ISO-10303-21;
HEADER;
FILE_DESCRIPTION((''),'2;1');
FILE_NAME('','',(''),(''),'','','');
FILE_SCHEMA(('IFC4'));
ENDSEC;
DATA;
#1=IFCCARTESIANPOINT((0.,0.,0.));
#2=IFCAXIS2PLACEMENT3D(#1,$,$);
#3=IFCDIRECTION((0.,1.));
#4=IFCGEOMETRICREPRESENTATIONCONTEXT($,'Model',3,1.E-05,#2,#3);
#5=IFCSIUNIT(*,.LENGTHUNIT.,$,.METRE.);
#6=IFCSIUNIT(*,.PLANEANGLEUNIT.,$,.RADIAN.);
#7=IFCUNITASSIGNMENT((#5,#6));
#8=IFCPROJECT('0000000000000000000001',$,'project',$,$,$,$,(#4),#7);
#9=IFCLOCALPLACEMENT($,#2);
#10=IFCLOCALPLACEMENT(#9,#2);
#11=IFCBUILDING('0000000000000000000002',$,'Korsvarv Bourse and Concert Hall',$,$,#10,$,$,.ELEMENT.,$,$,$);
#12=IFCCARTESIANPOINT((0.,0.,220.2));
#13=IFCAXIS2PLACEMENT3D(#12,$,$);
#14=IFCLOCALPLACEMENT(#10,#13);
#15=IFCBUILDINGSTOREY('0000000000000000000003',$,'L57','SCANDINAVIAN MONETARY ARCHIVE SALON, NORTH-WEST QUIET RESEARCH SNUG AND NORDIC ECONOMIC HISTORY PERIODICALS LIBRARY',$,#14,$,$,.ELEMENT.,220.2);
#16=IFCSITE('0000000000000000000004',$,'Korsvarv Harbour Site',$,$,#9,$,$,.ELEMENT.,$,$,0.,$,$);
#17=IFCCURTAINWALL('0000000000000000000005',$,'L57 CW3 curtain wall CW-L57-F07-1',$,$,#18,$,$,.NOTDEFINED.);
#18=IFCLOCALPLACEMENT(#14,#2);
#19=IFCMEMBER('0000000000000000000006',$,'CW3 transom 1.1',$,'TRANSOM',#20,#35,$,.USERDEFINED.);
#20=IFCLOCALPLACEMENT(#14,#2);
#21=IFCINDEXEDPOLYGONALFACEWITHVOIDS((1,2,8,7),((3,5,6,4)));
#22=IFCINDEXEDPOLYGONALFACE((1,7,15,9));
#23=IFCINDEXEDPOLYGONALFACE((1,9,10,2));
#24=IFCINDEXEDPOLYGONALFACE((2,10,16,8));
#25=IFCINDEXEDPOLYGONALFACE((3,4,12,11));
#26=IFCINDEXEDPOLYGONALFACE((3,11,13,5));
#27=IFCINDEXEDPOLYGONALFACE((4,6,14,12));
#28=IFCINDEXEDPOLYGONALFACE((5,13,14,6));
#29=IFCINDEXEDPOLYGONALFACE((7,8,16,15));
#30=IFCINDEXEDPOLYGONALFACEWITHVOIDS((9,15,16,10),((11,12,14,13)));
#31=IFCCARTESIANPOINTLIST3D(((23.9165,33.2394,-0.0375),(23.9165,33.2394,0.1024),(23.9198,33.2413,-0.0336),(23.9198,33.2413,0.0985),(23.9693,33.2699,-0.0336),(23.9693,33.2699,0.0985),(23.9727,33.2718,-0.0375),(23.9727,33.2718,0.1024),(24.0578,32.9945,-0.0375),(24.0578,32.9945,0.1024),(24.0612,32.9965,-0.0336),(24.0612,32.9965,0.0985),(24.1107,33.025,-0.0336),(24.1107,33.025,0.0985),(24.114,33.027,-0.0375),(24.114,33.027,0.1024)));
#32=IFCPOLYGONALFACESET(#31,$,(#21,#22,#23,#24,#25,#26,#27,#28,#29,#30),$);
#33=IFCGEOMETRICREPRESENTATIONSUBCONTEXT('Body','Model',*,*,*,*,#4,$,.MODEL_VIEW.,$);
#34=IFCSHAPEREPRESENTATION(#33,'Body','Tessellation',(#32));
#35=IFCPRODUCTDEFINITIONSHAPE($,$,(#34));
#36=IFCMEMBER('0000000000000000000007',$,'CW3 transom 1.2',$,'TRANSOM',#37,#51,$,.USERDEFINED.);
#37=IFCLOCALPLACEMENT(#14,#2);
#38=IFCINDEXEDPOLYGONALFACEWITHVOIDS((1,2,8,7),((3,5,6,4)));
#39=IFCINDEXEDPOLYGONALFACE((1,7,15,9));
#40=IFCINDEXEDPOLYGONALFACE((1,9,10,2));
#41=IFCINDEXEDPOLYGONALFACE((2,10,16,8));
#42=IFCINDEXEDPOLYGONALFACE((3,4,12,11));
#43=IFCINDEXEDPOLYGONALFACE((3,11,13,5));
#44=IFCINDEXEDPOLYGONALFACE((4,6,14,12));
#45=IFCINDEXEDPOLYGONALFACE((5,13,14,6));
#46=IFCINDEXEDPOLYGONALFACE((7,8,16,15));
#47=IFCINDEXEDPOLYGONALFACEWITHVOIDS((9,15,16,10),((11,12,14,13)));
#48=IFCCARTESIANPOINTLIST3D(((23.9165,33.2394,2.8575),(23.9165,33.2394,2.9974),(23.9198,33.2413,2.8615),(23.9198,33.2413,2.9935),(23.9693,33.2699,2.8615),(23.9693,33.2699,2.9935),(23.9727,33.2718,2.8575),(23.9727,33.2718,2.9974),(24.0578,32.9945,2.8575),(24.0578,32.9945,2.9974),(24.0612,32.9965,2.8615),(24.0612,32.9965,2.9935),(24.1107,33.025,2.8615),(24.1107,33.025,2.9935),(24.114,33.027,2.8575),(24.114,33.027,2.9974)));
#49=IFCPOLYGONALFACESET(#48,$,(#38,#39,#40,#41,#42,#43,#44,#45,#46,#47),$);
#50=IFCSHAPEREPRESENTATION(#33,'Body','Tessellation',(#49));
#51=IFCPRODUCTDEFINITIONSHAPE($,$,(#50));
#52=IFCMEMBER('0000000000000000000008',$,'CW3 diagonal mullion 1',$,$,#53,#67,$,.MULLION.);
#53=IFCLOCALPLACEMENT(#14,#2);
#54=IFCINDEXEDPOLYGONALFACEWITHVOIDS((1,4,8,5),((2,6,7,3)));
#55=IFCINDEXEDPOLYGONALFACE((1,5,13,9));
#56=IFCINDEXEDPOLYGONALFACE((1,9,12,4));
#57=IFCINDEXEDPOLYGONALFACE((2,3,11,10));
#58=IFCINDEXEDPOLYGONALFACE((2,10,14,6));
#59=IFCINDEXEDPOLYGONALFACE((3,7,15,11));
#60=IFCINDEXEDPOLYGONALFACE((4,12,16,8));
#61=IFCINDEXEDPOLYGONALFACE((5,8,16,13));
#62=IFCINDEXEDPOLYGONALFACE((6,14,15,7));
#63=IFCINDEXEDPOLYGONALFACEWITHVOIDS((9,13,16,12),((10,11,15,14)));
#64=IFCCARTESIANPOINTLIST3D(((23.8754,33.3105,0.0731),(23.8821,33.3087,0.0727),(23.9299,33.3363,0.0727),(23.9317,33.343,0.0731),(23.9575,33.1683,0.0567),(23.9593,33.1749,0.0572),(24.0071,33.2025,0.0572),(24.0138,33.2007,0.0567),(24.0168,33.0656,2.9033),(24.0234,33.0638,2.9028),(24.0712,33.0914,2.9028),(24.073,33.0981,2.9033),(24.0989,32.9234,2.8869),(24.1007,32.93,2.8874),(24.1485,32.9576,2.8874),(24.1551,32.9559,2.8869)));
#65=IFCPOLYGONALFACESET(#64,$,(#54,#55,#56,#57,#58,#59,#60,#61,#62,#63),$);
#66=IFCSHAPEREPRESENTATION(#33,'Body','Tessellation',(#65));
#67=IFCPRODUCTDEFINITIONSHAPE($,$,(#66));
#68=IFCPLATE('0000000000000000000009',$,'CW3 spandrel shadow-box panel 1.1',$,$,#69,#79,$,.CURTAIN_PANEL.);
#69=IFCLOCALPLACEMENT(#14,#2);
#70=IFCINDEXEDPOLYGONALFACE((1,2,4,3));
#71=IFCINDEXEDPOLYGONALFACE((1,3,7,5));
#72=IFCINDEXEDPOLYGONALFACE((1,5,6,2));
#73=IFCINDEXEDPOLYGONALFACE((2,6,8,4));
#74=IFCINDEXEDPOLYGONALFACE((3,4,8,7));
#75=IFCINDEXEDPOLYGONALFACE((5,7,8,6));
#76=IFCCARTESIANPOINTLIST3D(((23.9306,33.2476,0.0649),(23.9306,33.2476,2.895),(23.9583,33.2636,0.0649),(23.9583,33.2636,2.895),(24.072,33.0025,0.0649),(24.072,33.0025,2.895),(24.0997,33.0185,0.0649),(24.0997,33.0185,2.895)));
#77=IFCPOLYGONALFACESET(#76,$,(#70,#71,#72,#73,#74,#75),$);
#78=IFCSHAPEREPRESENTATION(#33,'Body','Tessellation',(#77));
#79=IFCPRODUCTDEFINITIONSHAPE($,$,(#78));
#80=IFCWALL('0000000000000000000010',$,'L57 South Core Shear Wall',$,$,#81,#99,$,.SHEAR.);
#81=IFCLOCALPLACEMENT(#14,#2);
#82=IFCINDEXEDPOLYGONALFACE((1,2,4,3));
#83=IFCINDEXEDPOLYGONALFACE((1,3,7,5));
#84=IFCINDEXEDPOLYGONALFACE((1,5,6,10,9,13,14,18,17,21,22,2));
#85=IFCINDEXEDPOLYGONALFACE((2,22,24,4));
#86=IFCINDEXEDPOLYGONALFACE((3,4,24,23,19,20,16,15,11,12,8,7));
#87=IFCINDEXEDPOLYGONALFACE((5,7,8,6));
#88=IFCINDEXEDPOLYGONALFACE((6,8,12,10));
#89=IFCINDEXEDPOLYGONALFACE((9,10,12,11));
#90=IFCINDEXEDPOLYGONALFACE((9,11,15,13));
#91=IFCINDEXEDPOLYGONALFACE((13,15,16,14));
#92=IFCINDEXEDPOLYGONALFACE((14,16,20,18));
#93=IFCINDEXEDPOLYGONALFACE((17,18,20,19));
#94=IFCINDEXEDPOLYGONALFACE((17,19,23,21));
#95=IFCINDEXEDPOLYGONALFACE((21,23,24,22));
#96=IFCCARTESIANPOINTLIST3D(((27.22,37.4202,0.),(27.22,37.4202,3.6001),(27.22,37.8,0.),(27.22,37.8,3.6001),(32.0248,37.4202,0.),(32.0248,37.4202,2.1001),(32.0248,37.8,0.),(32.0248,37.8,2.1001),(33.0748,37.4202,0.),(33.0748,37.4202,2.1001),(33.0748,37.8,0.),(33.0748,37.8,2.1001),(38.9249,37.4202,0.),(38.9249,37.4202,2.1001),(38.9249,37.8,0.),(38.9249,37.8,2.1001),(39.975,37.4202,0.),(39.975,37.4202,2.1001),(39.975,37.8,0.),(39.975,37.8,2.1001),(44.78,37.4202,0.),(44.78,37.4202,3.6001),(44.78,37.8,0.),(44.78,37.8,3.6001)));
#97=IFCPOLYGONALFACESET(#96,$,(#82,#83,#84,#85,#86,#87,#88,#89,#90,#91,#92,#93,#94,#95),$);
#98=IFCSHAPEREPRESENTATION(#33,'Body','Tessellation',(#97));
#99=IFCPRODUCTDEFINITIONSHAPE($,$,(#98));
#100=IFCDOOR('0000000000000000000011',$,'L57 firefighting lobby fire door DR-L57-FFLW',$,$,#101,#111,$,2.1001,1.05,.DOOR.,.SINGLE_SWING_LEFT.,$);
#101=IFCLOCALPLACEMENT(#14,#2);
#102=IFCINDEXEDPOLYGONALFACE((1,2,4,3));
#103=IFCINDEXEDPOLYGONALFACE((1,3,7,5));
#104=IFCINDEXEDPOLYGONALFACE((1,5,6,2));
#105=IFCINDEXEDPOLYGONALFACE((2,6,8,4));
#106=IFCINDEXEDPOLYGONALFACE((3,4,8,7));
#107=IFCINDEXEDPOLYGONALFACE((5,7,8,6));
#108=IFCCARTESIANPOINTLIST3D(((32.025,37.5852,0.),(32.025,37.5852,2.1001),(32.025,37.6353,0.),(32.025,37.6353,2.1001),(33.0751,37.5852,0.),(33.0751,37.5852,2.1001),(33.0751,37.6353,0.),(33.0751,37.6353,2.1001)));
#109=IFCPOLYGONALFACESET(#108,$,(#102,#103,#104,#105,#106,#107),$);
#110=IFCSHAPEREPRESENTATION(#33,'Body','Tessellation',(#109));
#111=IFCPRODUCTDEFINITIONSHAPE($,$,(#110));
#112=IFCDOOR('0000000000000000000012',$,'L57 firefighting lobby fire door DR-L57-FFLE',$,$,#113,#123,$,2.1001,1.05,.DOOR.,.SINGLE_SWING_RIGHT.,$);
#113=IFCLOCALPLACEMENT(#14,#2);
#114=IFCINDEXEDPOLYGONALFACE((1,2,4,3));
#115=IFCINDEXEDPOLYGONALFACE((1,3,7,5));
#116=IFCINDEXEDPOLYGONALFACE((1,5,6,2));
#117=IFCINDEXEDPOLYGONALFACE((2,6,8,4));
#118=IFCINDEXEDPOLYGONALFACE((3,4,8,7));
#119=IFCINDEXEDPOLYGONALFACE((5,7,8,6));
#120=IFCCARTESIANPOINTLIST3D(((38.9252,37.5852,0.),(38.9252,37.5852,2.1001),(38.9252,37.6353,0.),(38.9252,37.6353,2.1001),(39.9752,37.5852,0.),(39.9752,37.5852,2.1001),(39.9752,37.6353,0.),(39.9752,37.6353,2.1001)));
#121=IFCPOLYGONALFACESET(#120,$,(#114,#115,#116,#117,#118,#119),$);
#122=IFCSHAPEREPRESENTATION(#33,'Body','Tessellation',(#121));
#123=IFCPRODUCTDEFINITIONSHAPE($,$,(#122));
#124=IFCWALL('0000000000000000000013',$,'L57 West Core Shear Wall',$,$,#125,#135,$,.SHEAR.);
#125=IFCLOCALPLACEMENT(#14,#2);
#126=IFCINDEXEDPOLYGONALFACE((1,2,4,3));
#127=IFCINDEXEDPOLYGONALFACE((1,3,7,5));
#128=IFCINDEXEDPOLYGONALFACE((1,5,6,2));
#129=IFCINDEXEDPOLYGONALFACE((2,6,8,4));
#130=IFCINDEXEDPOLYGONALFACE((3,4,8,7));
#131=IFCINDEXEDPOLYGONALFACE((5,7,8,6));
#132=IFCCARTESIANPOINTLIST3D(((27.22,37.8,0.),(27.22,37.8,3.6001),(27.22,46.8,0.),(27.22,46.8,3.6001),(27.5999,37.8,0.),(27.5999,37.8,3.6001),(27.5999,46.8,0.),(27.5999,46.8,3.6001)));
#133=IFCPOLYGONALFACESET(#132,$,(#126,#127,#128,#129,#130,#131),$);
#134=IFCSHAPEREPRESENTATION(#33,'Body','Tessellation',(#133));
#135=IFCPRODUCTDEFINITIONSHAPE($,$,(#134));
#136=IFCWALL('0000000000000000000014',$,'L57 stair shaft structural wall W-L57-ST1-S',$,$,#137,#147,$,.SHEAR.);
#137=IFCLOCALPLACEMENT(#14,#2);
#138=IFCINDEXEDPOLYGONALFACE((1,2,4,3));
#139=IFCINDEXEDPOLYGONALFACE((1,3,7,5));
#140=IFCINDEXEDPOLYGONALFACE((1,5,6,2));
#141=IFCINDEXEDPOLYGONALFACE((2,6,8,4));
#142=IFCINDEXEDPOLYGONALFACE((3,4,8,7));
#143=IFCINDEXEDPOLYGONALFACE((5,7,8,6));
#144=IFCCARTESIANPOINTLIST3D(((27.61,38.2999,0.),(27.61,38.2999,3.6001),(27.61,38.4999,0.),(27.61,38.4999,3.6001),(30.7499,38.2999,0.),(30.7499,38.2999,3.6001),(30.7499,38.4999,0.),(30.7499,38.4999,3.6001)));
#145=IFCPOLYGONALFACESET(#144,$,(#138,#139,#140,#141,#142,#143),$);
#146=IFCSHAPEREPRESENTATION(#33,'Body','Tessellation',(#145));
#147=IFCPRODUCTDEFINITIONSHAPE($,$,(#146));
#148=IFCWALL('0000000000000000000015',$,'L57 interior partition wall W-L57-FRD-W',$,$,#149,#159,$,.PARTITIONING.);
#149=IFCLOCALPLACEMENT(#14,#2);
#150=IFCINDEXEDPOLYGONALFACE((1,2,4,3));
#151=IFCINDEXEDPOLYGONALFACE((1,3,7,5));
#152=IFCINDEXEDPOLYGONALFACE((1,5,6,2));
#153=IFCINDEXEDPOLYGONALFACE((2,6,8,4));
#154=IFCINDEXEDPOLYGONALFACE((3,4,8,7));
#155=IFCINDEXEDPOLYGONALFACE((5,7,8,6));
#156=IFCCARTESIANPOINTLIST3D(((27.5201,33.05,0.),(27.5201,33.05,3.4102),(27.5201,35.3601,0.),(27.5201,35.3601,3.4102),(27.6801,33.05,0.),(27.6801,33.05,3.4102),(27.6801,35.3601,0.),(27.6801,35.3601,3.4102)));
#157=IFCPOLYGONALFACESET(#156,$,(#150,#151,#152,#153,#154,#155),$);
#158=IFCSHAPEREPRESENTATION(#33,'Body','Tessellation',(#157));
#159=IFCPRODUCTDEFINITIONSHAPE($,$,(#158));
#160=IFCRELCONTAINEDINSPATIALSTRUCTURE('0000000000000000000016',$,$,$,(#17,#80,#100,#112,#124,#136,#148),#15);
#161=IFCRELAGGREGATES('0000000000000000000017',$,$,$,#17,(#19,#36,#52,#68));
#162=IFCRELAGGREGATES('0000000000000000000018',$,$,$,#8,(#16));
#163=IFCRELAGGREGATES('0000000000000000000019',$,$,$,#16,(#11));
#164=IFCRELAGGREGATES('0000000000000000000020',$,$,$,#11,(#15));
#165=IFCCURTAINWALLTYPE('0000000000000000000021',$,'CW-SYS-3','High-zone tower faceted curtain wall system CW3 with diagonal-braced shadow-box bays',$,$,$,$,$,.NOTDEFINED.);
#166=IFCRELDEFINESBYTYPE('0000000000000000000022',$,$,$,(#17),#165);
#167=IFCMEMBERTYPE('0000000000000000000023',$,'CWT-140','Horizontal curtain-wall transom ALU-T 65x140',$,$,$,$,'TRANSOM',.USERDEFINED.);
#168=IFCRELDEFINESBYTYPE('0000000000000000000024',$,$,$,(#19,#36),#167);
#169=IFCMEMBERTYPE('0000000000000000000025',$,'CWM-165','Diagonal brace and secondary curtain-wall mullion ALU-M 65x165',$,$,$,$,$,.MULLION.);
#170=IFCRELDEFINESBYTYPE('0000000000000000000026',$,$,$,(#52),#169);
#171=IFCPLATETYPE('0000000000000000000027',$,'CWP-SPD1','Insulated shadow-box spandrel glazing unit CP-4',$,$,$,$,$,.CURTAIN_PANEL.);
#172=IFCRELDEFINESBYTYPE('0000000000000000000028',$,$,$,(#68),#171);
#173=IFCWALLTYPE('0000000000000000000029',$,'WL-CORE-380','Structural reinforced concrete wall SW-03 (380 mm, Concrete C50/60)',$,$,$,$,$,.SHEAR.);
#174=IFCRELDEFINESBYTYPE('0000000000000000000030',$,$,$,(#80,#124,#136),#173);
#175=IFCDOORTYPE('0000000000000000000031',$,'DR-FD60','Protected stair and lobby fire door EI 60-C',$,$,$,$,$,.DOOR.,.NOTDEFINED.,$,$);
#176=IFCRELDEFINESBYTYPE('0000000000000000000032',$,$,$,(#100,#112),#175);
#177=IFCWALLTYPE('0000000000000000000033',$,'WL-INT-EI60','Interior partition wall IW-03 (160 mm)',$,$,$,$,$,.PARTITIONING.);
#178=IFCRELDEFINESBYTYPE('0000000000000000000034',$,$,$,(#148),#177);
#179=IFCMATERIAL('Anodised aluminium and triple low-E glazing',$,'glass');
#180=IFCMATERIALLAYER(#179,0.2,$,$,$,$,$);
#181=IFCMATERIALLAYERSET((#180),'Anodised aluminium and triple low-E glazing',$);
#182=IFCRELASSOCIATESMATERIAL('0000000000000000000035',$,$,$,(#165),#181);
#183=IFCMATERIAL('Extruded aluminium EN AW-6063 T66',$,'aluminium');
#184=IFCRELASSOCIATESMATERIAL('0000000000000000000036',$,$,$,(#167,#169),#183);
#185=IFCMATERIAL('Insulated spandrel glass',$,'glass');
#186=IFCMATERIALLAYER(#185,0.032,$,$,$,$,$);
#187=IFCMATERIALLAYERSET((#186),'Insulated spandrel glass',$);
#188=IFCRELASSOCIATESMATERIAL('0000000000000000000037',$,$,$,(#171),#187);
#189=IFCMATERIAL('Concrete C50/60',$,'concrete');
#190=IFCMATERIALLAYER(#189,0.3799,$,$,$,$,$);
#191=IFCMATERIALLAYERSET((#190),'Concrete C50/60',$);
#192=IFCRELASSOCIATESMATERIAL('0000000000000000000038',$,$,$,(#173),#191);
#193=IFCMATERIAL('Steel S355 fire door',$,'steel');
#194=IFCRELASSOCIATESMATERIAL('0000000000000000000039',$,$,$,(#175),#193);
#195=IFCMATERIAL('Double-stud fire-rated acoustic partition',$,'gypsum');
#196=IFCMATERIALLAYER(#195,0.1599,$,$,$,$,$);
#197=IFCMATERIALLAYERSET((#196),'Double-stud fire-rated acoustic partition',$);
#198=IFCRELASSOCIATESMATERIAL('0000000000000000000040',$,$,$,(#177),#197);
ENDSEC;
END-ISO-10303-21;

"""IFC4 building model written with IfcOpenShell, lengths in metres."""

from ifc_helpers import new_model, si_unit, direction, frame, frame_2d, origin, origin_2d, place, context, subcontext, project, spatial, rectangle, hollow_rectangle, extrude, source, transform, mapped, material, layer, layer_set, material_profile, profile_set, type_object, element, fill, aggregate, save


model = new_model("IFC4")

# Units and contexts
model_context = context("Model", 3, precision=1e-05, world=origin(), true_north=direction((0.0, 1.0)))
body_context = subcontext(model_context, "Body", "Model", "MODEL_VIEW")
ifc_project = project(units=[si_unit("LENGTHUNIT", "METRE"), si_unit("PLANEANGLEUNIT", "RADIAN")], contexts=[model_context])

# Site, building, storey
site_placement = place(None, origin())
site = spatial("IfcSite", under=ifc_project, at=site_placement, Name="Korsvarv Harbour Site", CompositionType="ELEMENT", RefElevation=0.0)
building_placement = place(site_placement, origin())
building = spatial("IfcBuilding", under=site, at=building_placement, Name="Korsvarv Bourse and Concert Hall", CompositionType="ELEMENT")
storey_placement = place(building_placement, frame((0.0, 0.0, 220.2)))
storey = spatial("IfcBuildingStorey", under=building, at=storey_placement, Name="L57", Description="SCANDINAVIAN MONETARY ARCHIVE SALON, NORTH-WEST QUIET RESEARCH SNUG AND NORDIC ECONOMIC HISTORY PERIODICALS LIBRARY", CompositionType="ELEMENT", Elevation=220.2)

# Curtain wall, members, plate
ifc_material_1 = material(Name="Anodised aluminium and triple low-E glazing", Category="glass")
ifc_layer_1 = layer(ifc_material_1, 0.2)
ifc_layer_set_1 = layer_set([ifc_layer_1], Name="Anodised aluminium and triple low-E glazing")
curtain_wall_type = type_object("IfcCurtainWallType", Name="CW-SYS-3", Description="High-zone tower faceted curtain wall system CW3 with diagonal-braced shadow-box bays", PredefinedType="NOTDEFINED", material=ifc_layer_set_1)
curtain_wall_placement = place(storey_placement, origin())
curtain_wall = element("IfcCurtainWall", 1, at=curtain_wall_placement, inside=storey, type_object=curtain_wall_type, Name="L57 CW3 curtain wall CW-L57-F07-1", PredefinedType="NOTDEFINED")
ifc_material_2 = material(Name="Extruded aluminium EN AW-6063 T66", Category="aluminium")
ifc_material_profile_1 = material_profile(ifc_material_2, hollow_rectangle(XDim=0.0649, YDim=0.1399, WallThickness=0.0039, at=origin_2d()), Name="ALU-T 65x140")
ifc_profile_set_1 = profile_set([ifc_material_profile_1], Name="Extruded aluminium EN AW-6063 T66")
member_type_1 = type_object("IfcMemberType", Name="CWT-140", Description="Horizontal curtain-wall transom ALU-T 65x140", ElementType="TRANSOM", PredefinedType="USERDEFINED", material=ifc_profile_set_1)
shared_shape_1 = source(origin(), body_context, "Body", "SweptSolid", [
    extrude(hollow_rectangle(XDim=0.0649, YDim=0.1399, WallThickness=0.0039, at=origin_2d()), origin(), (0.0, 0.0, 1.0), 0.2827),
])
member_1_placement = place(storey_placement, frame((23.9446, 33.2556, 0.0325), z_axis=(0.499947, -0.866056, 0.0), x_axis=(0.866056, 0.499947, 0.0)))
member_1 = element("IfcMember", 2, at=member_1_placement, type_object=member_type_1, Name="CW3 transom 1.1", ObjectType="TRANSOM", PredefinedType="USERDEFINED", context=body_context, shape_type="MappedRepresentation", body=[
    mapped(shared_shape_1, transform((0.0, 0.0, 0.0), scale=1.0)),
])
member_2_placement = place(storey_placement, frame((23.9446, 33.2556, 2.9275), z_axis=(0.499947, -0.866056, 0.0), x_axis=(0.866056, 0.499947, 0.0)))
member_2 = element("IfcMember", 3, at=member_2_placement, type_object=member_type_1, Name="CW3 transom 1.2", ObjectType="TRANSOM", PredefinedType="USERDEFINED", context=body_context, shape_type="MappedRepresentation", body=[
    mapped(shared_shape_1, transform((0.0, 0.0, 0.0), scale=1.0)),
])
ifc_material_profile_2 = material_profile(ifc_material_2, hollow_rectangle(XDim=0.0649, YDim=0.165, WallThickness=0.0049, at=origin_2d()), Name="ALU-M 65x165")
ifc_profile_set_2 = profile_set([ifc_material_profile_2], Name="Extruded aluminium EN AW-6063 T66")
member_type_2 = type_object("IfcMemberType", Name="CWM-165", Description="Diagonal brace and secondary curtain-wall mullion ALU-M 65x165", PredefinedType="MULLION", material=ifc_profile_set_2)
shared_shape_2 = source(origin(), body_context, "Body", "SweptSolid", [
    extrude(hollow_rectangle(XDim=0.0649, YDim=0.165, WallThickness=0.0049, at=origin_2d()), origin(), (0.0, 0.0, 1.0), 2.8442),
])
member_3_placement = place(storey_placement, frame((23.9446, 33.2556, 0.0649), z_axis=(0.049701, -0.086097, 0.995046), x_axis=(0.866056, 0.499947, 0.0)))
member_3 = element("IfcMember", 4, at=member_3_placement, type_object=member_type_2, Name="CW3 diagonal mullion 1", PredefinedType="MULLION", context=body_context, shape_type="MappedRepresentation", body=[
    mapped(shared_shape_2, transform((0.0, 0.0, 0.0), scale=1.0)),
])
ifc_material_3 = material(Name="Insulated spandrel glass", Category="glass")
ifc_layer_2 = layer(ifc_material_3, 0.032)
ifc_layer_set_2 = layer_set([ifc_layer_2], Name="Insulated spandrel glass")
plate_type = type_object("IfcPlateType", Name="CWP-SPD1", Description="Insulated shadow-box spandrel glazing unit CP-4", PredefinedType="CURTAIN_PANEL", material=ifc_layer_set_2)
shared_shape_3 = source(origin(), body_context, "Body", "SweptSolid", [
    extrude(rectangle(XDim=0.283, YDim=0.032, at=origin_2d()), origin(), (0.0, 0.0, 1.0), 2.8301),
])
plate_placement = place(storey_placement, frame((24.0151, 33.1331, 0.0649), z_axis=(0.0, 0.0, 1.0), x_axis=(0.499954, -0.866052, 0.0)))
plate = element("IfcPlate", 5, at=plate_placement, type_object=plate_type, Name="CW3 spandrel shadow-box panel 1.1", PredefinedType="CURTAIN_PANEL", context=body_context, shape_type="MappedRepresentation", body=[
    mapped(shared_shape_3, transform((0.0, 0.0, 0.0), scale=1.0)),
])
aggregate(curtain_wall, [member_1, member_2, member_3, plate])

# Wall, openings, doors
ifc_material_4 = material(Name="Concrete C50/60", Category="concrete")
ifc_layer_3 = layer(ifc_material_4, 0.3799)
ifc_layer_set_3 = layer_set([ifc_layer_3], Name="Concrete C50/60")
wall_type_1 = type_object("IfcWallType", Name="WL-CORE-380", Description="Structural reinforced concrete wall SW-03 (380 mm, Concrete C50/60)", PredefinedType="SHEAR", material=ifc_layer_set_3)
wall_1_placement = place(storey_placement, frame((27.22, 37.6101, 0.0), z_axis=(0.0, 0.0, 1.0), x_axis=(1.0, 0.0, 0.0)))
wall_1 = element("IfcWall", 6, at=wall_1_placement, inside=storey, type_object=wall_type_1, Name="L57 South Core Shear Wall", PredefinedType="SHEAR", context=body_context, shape_type="SweptSolid", body=[
    extrude(rectangle(XDim=17.5601, YDim=0.3799, at=frame_2d((8.78, 0.0))), origin(), (0.0, 0.0, 1.0), 3.6001),
])
opening_1_placement = place(wall_1_placement, frame((4.8049, 0.0, 0.0)))
opening_1 = element("IfcOpeningElement", 7, at=opening_1_placement, cuts=wall_1, PredefinedType="OPENING", context=body_context, shape_type="SweptSolid", body=[
    extrude(rectangle(XDim=1.05, YDim=2.1001, at=frame_2d((0.5249, 1.05))), frame((0.0, 0.2, 0.0), z_axis=(0.0, -1.0, 0.0), x_axis=(1.0, 0.0, 0.0)), (0.0, 0.0, 1.0), 0.3999),
])
opening_2_placement = place(wall_1_placement, frame((11.7051, 0.0, 0.0)))
opening_2 = element("IfcOpeningElement", 8, at=opening_2_placement, cuts=wall_1, PredefinedType="OPENING", context=body_context, shape_type="SweptSolid", body=[
    extrude(rectangle(XDim=1.05, YDim=2.1001, at=frame_2d((0.5249, 1.05))), frame((0.0, 0.2, 0.0), z_axis=(0.0, -1.0, 0.0), x_axis=(1.0, 0.0, 0.0)), (0.0, 0.0, 1.0), 0.3999),
])
ifc_material_5 = material(Name="Steel S355 fire door", Category="steel")
door_type = type_object("IfcDoorType", Name="DR-FD60", Description="Protected stair and lobby fire door EI 60-C", OperationType="NOTDEFINED", PredefinedType="DOOR", material=ifc_material_5)
door_1_placement = place(opening_1_placement, frame((1.05, 0.0, 0.0), z_axis=(0.0, 0.0, 1.0), x_axis=(-1.0, 0.0, 0.0)))
door_1 = element("IfcDoor", 9, at=door_1_placement, inside=storey, type_object=door_type, Name="L57 firefighting lobby fire door DR-L57-FFLW", OperationType="SINGLE_SWING_LEFT", OverallHeight=2.1001, OverallWidth=1.05, PredefinedType="DOOR", context=body_context, shape_type="SweptSolid", body=[
    extrude(rectangle(XDim=1.05, YDim=2.1001, at=frame_2d((0.5249, 1.05))), frame((0.0, 0.0249, 0.0), z_axis=(0.0, -1.0, 0.0), x_axis=(1.0, 0.0, 0.0)), (0.0, 0.0, 1.0), 0.05),
])
fill(opening_1, door_1)
door_2_placement = place(opening_2_placement, frame((1.05, 0.0, 0.0), z_axis=(0.0, 0.0, 1.0), x_axis=(-1.0, 0.0, 0.0)))
door_2 = element("IfcDoor", 10, at=door_2_placement, inside=storey, type_object=door_type, Name="L57 firefighting lobby fire door DR-L57-FFLE", OperationType="SINGLE_SWING_RIGHT", OverallHeight=2.1001, OverallWidth=1.05, PredefinedType="DOOR", context=body_context, shape_type="SweptSolid", body=[
    extrude(rectangle(XDim=1.05, YDim=2.1001, at=frame_2d((0.5249, 1.05))), frame((0.0, 0.0249, 0.0), z_axis=(0.0, -1.0, 0.0), x_axis=(1.0, 0.0, 0.0)), (0.0, 0.0, 1.0), 0.05),
])
fill(opening_2, door_2)

# Walls
wall_2_placement = place(storey_placement, frame((27.4099, 37.8, 0.0), z_axis=(0.0, 0.0, 1.0), x_axis=(0.0, 1.0, 0.0)))
element("IfcWall", 11, at=wall_2_placement, inside=storey, type_object=wall_type_1, Name="L57 West Core Shear Wall", PredefinedType="SHEAR", context=body_context, shape_type="SweptSolid", body=[
    extrude(rectangle(XDim=9.0, YDim=0.3799, at=frame_2d((4.5, 0.0))), origin(), (0.0, 0.0, 1.0), 3.6001),
])
wall_3_placement = place(storey_placement, frame((27.6101, 38.3999, 0.0), z_axis=(0.0, 0.0, 1.0), x_axis=(1.0, 0.0, 0.0)))
element("IfcWall", 12, at=wall_3_placement, inside=storey, type_object=wall_type_1, Name="L57 stair shaft structural wall W-L57-ST1-S", PredefinedType="SHEAR", context=body_context, shape_type="SweptSolid", body=[
    extrude(rectangle(XDim=3.1399, YDim=0.2, at=frame_2d((1.5698, 0.0))), origin(), (0.0, 0.0, 1.0), 3.6001),
])
ifc_material_6 = material(Name="Double-stud fire-rated acoustic partition", Category="gypsum")
ifc_layer_4 = layer(ifc_material_6, 0.1599)
ifc_layer_set_4 = layer_set([ifc_layer_4], Name="Double-stud fire-rated acoustic partition")
wall_type_2 = type_object("IfcWallType", Name="WL-INT-EI60", Description="Interior partition wall IW-03 (160 mm)", PredefinedType="PARTITIONING", material=ifc_layer_set_4)
wall_4_placement = place(storey_placement, frame((27.6001, 33.05, 0.0), z_axis=(0.0, 0.0, 1.0), x_axis=(0.0, 1.0, 0.0)))
element("IfcWall", 13, at=wall_4_placement, inside=storey, type_object=wall_type_2, Name="L57 interior partition wall W-L57-FRD-W", PredefinedType="PARTITIONING", context=body_context, shape_type="SweptSolid", body=[
    extrude(rectangle(XDim=2.3101, YDim=0.1599, at=frame_2d((1.155, 0.0))), origin(), (0.0, 0.0, 1.0), 3.4102),
])

save(model, "model.ifc")
